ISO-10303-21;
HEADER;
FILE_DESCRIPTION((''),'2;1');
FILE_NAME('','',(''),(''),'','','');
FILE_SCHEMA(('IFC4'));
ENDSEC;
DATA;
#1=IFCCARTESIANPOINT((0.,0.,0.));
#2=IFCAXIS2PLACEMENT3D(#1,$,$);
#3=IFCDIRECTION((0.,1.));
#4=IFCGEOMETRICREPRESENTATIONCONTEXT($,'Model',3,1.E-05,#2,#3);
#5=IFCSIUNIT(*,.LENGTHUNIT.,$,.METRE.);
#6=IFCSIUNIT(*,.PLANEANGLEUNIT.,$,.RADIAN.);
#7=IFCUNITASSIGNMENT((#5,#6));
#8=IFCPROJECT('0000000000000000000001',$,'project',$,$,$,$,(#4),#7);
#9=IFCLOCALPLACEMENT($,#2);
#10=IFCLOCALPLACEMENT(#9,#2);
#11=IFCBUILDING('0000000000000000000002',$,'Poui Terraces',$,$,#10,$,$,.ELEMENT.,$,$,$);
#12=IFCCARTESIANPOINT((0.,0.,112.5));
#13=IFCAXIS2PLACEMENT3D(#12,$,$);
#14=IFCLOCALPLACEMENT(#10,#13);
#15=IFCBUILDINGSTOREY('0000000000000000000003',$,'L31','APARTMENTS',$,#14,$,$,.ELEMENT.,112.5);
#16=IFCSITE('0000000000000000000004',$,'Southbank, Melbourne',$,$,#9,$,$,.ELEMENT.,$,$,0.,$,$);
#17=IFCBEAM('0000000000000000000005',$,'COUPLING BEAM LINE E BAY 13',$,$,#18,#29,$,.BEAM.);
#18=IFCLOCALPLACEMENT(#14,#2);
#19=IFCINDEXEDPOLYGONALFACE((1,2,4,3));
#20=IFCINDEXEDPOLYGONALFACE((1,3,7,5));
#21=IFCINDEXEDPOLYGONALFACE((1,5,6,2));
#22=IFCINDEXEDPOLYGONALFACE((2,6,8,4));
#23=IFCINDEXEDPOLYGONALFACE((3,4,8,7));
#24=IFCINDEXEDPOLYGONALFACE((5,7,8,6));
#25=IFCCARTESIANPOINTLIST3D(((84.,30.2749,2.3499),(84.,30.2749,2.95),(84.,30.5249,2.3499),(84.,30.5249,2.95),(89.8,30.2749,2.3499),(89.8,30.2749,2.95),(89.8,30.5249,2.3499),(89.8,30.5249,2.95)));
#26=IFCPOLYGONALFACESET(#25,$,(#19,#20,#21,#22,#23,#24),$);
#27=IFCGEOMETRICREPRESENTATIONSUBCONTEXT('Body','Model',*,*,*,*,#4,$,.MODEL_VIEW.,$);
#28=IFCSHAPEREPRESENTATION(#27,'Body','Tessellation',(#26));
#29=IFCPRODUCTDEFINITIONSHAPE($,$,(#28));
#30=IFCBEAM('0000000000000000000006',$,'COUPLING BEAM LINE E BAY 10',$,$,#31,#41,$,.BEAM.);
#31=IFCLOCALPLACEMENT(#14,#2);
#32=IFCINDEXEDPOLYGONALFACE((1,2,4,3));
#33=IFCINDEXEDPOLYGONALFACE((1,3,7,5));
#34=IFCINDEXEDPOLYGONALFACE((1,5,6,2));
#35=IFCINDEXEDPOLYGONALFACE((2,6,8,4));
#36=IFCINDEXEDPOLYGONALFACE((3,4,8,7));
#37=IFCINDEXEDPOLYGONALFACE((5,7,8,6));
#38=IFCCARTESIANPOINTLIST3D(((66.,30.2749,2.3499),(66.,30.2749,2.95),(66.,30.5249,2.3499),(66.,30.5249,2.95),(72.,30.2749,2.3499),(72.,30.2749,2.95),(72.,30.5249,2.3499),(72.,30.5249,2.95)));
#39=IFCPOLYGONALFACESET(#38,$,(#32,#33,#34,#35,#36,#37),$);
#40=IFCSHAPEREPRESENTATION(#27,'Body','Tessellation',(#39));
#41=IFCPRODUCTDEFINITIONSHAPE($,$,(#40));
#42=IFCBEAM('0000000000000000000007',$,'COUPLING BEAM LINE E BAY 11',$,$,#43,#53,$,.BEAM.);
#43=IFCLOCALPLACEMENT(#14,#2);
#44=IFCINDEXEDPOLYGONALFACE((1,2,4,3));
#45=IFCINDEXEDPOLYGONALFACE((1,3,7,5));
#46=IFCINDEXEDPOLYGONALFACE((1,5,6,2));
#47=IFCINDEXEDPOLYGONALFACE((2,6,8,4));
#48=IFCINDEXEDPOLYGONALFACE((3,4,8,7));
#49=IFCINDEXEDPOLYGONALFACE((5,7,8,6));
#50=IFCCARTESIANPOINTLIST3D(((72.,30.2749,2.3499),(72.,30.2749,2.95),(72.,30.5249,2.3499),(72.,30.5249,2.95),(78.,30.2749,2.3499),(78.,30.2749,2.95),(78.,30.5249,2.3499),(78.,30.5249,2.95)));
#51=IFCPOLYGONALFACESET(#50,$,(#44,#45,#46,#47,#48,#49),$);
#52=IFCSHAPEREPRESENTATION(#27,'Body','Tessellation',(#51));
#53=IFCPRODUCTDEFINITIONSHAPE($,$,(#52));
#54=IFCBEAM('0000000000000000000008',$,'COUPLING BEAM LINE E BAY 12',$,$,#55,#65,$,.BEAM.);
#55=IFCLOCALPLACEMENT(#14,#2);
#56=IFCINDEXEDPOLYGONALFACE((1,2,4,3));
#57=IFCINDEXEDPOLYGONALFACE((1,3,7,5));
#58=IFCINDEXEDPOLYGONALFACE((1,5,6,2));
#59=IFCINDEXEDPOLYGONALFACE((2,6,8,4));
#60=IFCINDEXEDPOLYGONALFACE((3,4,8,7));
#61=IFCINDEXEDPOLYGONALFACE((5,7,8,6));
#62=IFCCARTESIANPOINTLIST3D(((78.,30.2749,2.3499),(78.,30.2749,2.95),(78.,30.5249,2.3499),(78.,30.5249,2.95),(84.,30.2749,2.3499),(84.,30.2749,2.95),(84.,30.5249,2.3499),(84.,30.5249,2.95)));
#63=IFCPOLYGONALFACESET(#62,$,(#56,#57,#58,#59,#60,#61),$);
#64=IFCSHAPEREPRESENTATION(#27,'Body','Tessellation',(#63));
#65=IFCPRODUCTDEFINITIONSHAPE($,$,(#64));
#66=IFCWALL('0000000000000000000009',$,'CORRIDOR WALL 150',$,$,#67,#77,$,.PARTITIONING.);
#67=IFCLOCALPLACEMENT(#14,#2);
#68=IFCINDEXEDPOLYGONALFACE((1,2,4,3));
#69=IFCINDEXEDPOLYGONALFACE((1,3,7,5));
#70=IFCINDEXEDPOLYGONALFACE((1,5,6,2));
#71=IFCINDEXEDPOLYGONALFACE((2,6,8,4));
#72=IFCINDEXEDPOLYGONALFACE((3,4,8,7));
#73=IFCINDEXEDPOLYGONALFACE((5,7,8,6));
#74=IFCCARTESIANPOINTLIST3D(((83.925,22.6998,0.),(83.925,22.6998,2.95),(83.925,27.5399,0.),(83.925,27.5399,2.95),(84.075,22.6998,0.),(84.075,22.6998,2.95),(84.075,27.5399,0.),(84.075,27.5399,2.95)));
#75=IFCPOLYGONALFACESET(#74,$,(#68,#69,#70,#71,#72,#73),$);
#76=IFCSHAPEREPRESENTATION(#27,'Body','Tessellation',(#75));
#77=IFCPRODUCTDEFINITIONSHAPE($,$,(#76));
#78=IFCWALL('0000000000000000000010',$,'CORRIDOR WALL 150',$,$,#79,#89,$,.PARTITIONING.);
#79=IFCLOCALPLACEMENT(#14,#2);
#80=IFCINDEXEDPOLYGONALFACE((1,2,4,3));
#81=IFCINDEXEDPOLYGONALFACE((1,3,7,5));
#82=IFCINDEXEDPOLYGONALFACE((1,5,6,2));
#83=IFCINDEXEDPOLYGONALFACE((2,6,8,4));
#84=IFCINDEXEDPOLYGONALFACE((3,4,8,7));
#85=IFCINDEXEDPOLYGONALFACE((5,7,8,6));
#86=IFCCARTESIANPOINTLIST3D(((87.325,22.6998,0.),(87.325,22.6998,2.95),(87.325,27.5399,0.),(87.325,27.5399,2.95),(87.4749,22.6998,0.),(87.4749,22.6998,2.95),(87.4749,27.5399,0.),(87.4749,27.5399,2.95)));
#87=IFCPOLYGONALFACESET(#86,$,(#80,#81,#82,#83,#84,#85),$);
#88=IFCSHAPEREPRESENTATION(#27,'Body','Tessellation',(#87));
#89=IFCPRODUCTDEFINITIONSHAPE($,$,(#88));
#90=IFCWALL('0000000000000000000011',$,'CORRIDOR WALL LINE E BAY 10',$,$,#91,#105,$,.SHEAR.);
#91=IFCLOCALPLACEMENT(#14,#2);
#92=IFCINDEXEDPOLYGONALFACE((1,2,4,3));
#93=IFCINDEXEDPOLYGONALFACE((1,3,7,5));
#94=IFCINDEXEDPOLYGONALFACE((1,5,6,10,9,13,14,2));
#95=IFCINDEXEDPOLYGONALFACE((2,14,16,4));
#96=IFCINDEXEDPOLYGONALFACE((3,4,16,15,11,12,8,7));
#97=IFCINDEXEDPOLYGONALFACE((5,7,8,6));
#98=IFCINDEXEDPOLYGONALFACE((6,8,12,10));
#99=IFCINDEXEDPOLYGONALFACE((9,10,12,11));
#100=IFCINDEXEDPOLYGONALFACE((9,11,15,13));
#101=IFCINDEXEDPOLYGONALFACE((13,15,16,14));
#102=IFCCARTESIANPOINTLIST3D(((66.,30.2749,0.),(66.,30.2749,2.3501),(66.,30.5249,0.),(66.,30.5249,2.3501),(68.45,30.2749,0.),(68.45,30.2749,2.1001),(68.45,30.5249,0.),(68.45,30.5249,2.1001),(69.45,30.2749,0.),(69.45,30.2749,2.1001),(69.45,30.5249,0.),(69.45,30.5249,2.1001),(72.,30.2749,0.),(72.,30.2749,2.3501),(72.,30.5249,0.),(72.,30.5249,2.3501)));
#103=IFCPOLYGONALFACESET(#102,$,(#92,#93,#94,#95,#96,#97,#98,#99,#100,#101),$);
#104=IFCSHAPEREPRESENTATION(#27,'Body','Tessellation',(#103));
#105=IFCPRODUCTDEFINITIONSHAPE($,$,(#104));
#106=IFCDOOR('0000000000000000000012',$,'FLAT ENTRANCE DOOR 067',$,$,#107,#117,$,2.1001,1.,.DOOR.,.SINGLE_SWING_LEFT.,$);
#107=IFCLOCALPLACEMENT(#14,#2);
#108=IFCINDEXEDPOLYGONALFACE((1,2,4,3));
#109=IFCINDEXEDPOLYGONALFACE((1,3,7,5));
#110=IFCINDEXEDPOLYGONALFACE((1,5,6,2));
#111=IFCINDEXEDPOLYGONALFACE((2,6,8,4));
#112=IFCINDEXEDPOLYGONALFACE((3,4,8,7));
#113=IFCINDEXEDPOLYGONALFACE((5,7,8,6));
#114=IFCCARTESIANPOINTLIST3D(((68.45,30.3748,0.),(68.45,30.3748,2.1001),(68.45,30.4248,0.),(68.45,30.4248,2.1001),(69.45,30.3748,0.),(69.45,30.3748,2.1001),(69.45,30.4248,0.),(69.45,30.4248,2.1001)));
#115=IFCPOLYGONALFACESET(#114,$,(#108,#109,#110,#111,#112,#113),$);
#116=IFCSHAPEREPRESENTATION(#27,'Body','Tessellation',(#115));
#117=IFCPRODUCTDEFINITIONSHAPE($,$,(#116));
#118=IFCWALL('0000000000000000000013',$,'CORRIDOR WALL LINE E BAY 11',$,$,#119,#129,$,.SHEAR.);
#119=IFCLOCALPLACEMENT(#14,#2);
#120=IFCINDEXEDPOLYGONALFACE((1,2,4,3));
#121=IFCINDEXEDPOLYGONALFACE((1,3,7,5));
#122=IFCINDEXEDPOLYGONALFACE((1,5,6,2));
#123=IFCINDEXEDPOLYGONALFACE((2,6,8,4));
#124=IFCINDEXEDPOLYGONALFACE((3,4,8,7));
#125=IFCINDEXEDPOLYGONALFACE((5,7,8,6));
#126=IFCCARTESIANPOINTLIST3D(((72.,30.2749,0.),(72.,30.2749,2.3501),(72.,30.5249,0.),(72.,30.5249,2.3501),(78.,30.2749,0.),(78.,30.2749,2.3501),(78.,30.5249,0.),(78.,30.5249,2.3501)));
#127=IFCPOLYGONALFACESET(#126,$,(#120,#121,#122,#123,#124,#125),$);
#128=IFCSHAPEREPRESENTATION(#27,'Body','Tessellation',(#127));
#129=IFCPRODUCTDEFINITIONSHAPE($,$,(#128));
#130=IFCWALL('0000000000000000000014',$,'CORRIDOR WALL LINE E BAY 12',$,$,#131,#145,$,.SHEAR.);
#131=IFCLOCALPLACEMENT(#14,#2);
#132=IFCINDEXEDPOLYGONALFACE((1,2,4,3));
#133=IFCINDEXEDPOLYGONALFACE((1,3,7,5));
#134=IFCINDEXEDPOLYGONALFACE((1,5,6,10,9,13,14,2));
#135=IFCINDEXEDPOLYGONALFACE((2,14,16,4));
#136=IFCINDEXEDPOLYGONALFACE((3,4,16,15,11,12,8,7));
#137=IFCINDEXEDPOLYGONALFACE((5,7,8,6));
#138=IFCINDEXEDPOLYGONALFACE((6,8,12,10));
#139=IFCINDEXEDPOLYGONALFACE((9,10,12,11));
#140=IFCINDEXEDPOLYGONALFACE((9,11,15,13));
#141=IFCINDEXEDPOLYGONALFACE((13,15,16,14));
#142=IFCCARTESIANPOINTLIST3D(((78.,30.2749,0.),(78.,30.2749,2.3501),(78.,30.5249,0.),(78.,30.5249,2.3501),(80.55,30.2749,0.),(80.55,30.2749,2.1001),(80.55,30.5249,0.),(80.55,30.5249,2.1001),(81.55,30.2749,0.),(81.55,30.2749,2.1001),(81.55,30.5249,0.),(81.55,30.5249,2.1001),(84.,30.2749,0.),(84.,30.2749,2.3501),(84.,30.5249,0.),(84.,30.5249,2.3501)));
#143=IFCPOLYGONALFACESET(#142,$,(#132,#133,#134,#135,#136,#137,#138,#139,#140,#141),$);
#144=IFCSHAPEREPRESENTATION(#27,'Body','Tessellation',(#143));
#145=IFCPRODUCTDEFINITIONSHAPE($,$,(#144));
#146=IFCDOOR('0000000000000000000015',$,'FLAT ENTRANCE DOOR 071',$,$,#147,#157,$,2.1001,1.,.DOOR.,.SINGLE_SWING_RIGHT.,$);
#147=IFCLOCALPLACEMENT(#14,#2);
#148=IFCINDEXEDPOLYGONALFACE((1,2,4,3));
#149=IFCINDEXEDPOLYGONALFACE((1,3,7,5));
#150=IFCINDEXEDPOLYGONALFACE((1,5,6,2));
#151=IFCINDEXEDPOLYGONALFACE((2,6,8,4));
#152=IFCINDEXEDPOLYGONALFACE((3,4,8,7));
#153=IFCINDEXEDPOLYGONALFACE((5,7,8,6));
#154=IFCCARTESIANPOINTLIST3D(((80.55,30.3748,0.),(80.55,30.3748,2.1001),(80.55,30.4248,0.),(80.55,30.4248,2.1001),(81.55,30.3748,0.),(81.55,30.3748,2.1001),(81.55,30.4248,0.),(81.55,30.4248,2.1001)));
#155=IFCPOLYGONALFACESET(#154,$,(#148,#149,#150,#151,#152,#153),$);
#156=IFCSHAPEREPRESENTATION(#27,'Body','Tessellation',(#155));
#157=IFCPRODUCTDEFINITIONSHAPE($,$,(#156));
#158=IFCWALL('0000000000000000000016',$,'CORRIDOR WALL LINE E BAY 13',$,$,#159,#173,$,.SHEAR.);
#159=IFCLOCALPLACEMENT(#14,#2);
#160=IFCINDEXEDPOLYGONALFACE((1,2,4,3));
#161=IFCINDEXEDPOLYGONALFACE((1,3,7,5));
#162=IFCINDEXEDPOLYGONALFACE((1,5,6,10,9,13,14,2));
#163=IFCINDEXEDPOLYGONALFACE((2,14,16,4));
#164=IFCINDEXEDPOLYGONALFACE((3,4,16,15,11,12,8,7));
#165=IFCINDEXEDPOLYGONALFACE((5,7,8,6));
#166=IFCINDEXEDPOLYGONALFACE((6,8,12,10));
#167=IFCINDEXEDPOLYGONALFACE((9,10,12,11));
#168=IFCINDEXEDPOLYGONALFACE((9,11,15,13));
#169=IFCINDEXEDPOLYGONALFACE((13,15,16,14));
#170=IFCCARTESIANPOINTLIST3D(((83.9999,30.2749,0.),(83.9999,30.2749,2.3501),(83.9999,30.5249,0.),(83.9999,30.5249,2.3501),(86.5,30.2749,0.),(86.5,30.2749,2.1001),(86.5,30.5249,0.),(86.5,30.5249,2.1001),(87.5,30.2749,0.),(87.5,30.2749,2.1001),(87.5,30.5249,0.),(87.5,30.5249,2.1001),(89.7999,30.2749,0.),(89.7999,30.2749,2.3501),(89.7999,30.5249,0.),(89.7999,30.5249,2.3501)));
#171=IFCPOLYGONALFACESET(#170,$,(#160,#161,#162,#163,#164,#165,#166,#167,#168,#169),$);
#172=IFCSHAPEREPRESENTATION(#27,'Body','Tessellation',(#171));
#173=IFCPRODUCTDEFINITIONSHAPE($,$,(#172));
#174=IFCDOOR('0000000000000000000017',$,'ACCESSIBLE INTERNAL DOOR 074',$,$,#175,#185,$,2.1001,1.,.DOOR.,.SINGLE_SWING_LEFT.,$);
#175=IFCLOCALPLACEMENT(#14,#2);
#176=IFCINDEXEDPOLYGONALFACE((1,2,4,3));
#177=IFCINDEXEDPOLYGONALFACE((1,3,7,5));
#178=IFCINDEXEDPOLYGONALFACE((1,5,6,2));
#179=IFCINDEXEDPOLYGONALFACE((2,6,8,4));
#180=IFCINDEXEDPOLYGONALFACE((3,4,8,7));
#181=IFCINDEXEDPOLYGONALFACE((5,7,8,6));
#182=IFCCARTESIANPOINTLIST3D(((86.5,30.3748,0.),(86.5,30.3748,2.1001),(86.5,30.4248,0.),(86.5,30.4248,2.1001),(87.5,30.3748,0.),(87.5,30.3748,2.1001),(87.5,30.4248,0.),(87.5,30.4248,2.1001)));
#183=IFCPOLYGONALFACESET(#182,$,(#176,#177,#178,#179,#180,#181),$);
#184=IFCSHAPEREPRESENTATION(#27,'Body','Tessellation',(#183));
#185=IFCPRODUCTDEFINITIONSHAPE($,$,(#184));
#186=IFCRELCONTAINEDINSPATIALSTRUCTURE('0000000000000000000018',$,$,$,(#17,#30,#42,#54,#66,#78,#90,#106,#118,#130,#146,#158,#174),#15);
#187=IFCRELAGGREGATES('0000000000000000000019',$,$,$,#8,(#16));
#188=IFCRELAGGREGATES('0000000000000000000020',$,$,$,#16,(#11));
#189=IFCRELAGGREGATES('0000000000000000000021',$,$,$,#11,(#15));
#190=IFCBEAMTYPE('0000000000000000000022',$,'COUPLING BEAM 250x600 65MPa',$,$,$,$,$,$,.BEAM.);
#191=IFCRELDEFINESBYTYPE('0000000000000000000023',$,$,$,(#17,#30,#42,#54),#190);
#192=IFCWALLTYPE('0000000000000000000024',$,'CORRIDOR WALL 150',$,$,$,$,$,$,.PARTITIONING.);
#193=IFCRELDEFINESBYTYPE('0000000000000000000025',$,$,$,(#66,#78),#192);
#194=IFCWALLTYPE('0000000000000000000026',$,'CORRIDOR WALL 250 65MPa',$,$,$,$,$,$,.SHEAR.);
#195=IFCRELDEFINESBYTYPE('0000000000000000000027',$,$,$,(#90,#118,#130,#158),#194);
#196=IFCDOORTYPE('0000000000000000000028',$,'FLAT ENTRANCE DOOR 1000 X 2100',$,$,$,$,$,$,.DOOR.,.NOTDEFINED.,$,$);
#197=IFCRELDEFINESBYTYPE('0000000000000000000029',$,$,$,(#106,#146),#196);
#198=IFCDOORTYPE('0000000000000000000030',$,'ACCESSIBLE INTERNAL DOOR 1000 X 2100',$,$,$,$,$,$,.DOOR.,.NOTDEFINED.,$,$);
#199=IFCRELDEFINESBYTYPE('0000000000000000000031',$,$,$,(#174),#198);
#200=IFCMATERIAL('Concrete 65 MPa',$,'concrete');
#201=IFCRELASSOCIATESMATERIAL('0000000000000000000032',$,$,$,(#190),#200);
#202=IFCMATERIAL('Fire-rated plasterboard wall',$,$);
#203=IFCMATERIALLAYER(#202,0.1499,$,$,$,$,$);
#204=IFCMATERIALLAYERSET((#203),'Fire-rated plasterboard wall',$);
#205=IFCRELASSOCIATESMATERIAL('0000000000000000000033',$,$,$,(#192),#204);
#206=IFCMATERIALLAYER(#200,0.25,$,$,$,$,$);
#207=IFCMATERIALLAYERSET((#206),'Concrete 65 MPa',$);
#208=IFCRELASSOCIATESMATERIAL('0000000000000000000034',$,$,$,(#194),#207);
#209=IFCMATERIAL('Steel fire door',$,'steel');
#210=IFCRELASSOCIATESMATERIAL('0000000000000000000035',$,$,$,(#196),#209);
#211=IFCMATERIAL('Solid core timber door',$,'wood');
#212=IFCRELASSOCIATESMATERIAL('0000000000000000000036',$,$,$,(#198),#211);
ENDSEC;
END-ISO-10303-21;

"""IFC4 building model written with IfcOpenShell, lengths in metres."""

from ifc_helpers import new_model, si_unit, direction, frame, frame_2d, origin, origin_2d, place, context, subcontext, project, spatial, rectangle, extrude, source, transform, mapped, material, layer, layer_set, material_profile, profile_set, type_object, element, fill, save


model = new_model("IFC4")

# Units and contexts
model_context = context("Model", 3, precision=1e-05, world=origin(), true_north=direction((0.0, 1.0)))
body_context = subcontext(model_context, "Body", "Model", "MODEL_VIEW")
ifc_project = project(units=[si_unit("LENGTHUNIT", "METRE"), si_unit("PLANEANGLEUNIT", "RADIAN")], contexts=[model_context])

# Site, building, storey
site_placement = place(None, origin())
site = spatial("IfcSite", under=ifc_project, at=site_placement, Name="Southbank, Melbourne", CompositionType="ELEMENT", RefElevation=0.0)
building_placement = place(site_placement, origin())
building = spatial("IfcBuilding", under=site, at=building_placement, Name="Poui Terraces", CompositionType="ELEMENT")
storey_placement = place(building_placement, frame((0.0, 0.0, 112.5)))
storey = spatial("IfcBuildingStorey", under=building, at=storey_placement, Name="L31", Description="APARTMENTS", CompositionType="ELEMENT", Elevation=112.5)

# Beams
ifc_material_1 = material(Name="Concrete 65 MPa", Category="concrete")
ifc_material_profile = material_profile(ifc_material_1, rectangle(XDim=0.25, YDim=0.6001, at=origin_2d()), Name="RC 250x600")
ifc_profile_set = profile_set([ifc_material_profile], Name="Concrete 65 MPa")
beam_type = type_object("IfcBeamType", Name="COUPLING BEAM 250x600 65MPa", PredefinedType="BEAM", material=ifc_profile_set)
shared_shape_1 = source(origin(), body_context, "Body", "SweptSolid", [
    extrude(rectangle(XDim=0.25, YDim=0.6001, at=origin_2d()), origin(), (0.0, 0.0, 1.0), 5.8),
])
beam_placement = place(storey_placement, frame((84.0, 30.3999, 2.6499), z_axis=(1.0, 0.0, 0.0), x_axis=(0.0, 1.0, 0.0)))
element("IfcBeam", 1, at=beam_placement, inside=storey, type_object=beam_type, Name="COUPLING BEAM LINE E BAY 13", PredefinedType="BEAM", context=body_context, shape_type="MappedRepresentation", body=[
    mapped(shared_shape_1, transform((0.0, 0.0, 0.0))),
])
shared_shape_2 = source(origin(), body_context, "Body", "SweptSolid", [
    extrude(rectangle(XDim=0.25, YDim=0.6001, at=origin_2d()), origin(), (0.0, 0.0, 1.0), 6.0),
])
for number, where, z_axis, x_axis, name in (
    (2, (66.0, 30.3999, 2.6499), (1.0, 0.0, 0.0), (0.0, 1.0, 0.0), "COUPLING BEAM LINE E BAY 10"),
    (3, (72.0, 30.3999, 2.6499), (1.0, 0.0, 0.0), (0.0, 1.0, 0.0), "COUPLING BEAM LINE E BAY 11"),
    (4, (78.0, 30.3999, 2.6499), (1.0, 0.0, 0.0), (0.0, 1.0, 0.0), "COUPLING BEAM LINE E BAY 12"),
):
    element("IfcBeam", number, at=place(storey_placement, frame(where, z_axis=z_axis, x_axis=x_axis)), inside=storey, type_object=beam_type, Name=name, PredefinedType="BEAM", context=body_context, shape_type="MappedRepresentation", body=[
        mapped(shared_shape_2, transform((0.0, 0.0, 0.0))),
    ])

# Walls
ifc_material_2 = material(Name="Fire-rated plasterboard wall")
ifc_layer_1 = layer(ifc_material_2, 0.1499)
ifc_layer_set_1 = layer_set([ifc_layer_1], Name="Fire-rated plasterboard wall")
wall_type_1 = type_object("IfcWallType", Name="CORRIDOR WALL 150", PredefinedType="PARTITIONING", material=ifc_layer_set_1)
for number, where, z_axis, x_axis, name in (
    (5, (84.0, 22.7, 0.0), (0.0, 0.0, 1.0), (0.0, 1.0, 0.0), "CORRIDOR WALL 150"),
    (6, (87.3999, 22.7, 0.0), (0.0, 0.0, 1.0), (0.0, 1.0, 0.0), "CORRIDOR WALL 150"),
):
    element("IfcWall", number, at=place(storey_placement, frame(where, z_axis=z_axis, x_axis=x_axis)), inside=storey, type_object=wall_type_1, Name=name, PredefinedType="PARTITIONING", context=body_context, shape_type="SweptSolid", body=[
        extrude(rectangle(XDim=4.8401, YDim=0.1499, at=frame_2d((2.4199, 0.0))), origin(), (0.0, 0.0, 1.0), 2.95),
    ])

# Wall, opening, door
ifc_layer_2 = layer(ifc_material_1, 0.25)
ifc_layer_set_2 = layer_set([ifc_layer_2], Name="Concrete 65 MPa")
wall_type_2 = type_object("IfcWallType", Name="CORRIDOR WALL 250 65MPa", PredefinedType="SHEAR", material=ifc_layer_set_2)
wall_1_placement = place(storey_placement, frame((66.0, 30.3999, 0.0), z_axis=(0.0, 0.0, 1.0), x_axis=(1.0, 0.0, 0.0)))
wall_1 = element("IfcWall", 7, at=wall_1_placement, inside=storey, type_object=wall_type_2, Name="CORRIDOR WALL LINE E BAY 10", PredefinedType="SHEAR", context=body_context, shape_type="SweptSolid", body=[
    extrude(rectangle(XDim=6.0, YDim=0.25, at=frame_2d((3.0, 0.0))), origin(), (0.0, 0.0, 1.0), 2.3501),
])
opening_1_placement = place(wall_1_placement, frame((2.45, 0.0, 0.0)))
opening_1 = element("IfcOpeningElement", 8, at=opening_1_placement, cuts=wall_1, PredefinedType="OPENING", context=body_context, shape_type="SweptSolid", body=[
    extrude(rectangle(XDim=1.0, YDim=2.1001, at=frame_2d((0.5, 1.05))), frame((0.0, 0.135, 0.0), z_axis=(0.0, -1.0, 0.0), x_axis=(1.0, 0.0, 0.0)), (0.0, 0.0, 1.0), 0.27),
])
ifc_material_3 = material(Name="Steel fire door", Category="steel")
door_type_1 = type_object("IfcDoorType", Name="FLAT ENTRANCE DOOR 1000 X 2100", OperationType="NOTDEFINED", PredefinedType="DOOR", material=ifc_material_3)
door_1_placement = place(opening_1_placement, origin())
door_1 = element("IfcDoor", 9, at=door_1_placement, inside=storey, type_object=door_type_1, Name="FLAT ENTRANCE DOOR 067", OperationType="SINGLE_SWING_LEFT", OverallHeight=2.1001, OverallWidth=1.0, PredefinedType="DOOR", context=body_context, shape_type="SweptSolid", body=[
    extrude(rectangle(XDim=1.0, YDim=2.1001, at=frame_2d((0.5, 1.05))), frame((0.0, 0.0249, 0.0), z_axis=(0.0, -1.0, 0.0), x_axis=(1.0, 0.0, 0.0)), (0.0, 0.0, 1.0), 0.05),
])
fill(opening_1, door_1)

# Wall
wall_2_placement = place(storey_placement, frame((72.0, 30.3999, 0.0), z_axis=(0.0, 0.0, 1.0), x_axis=(1.0, 0.0, 0.0)))
element("IfcWall", 10, at=wall_2_placement, inside=storey, type_object=wall_type_2, Name="CORRIDOR WALL LINE E BAY 11", PredefinedType="SHEAR", context=body_context, shape_type="SweptSolid", body=[
    extrude(rectangle(XDim=6.0, YDim=0.25, at=frame_2d((3.0, 0.0))), origin(), (0.0, 0.0, 1.0), 2.3501),
])

# Walls, openings, doors
wall_3_placement = place(storey_placement, frame((78.0, 30.3999, 0.0), z_axis=(0.0, 0.0, 1.0), x_axis=(1.0, 0.0, 0.0)))
wall_3 = element("IfcWall", 11, at=wall_3_placement, inside=storey, type_object=wall_type_2, Name="CORRIDOR WALL LINE E BAY 12", PredefinedType="SHEAR", context=body_context, shape_type="SweptSolid", body=[
    extrude(rectangle(XDim=6.0, YDim=0.25, at=frame_2d((3.0, 0.0))), origin(), (0.0, 0.0, 1.0), 2.3501),
])
opening_2_placement = place(wall_3_placement, frame((2.55, 0.0, 0.0)))
opening_2 = element("IfcOpeningElement", 12, at=opening_2_placement, cuts=wall_3, PredefinedType="OPENING", context=body_context, shape_type="SweptSolid", body=[
    extrude(rectangle(XDim=1.0, YDim=2.1001, at=frame_2d((0.5, 1.05))), frame((0.0, 0.135, 0.0), z_axis=(0.0, -1.0, 0.0), x_axis=(1.0, 0.0, 0.0)), (0.0, 0.0, 1.0), 0.27),
])
door_2_placement = place(opening_2_placement, origin())
door_2 = element("IfcDoor", 13, at=door_2_placement, inside=storey, type_object=door_type_1, Name="FLAT ENTRANCE DOOR 071", OperationType="SINGLE_SWING_RIGHT", OverallHeight=2.1001, OverallWidth=1.0, PredefinedType="DOOR", context=body_context, shape_type="SweptSolid", body=[
    extrude(rectangle(XDim=1.0, YDim=2.1001, at=frame_2d((0.5, 1.05))), frame((0.0, 0.0249, 0.0), z_axis=(0.0, -1.0, 0.0), x_axis=(1.0, 0.0, 0.0)), (0.0, 0.0, 1.0), 0.05),
])
fill(opening_2, door_2)
wall_4_placement = place(storey_placement, frame((84.0, 30.3999, 0.0), z_axis=(0.0, 0.0, 1.0), x_axis=(1.0, 0.0, 0.0)))
wall_4 = element("IfcWall", 14, at=wall_4_placement, inside=storey, type_object=wall_type_2, Name="CORRIDOR WALL LINE E BAY 13", PredefinedType="SHEAR", context=body_context, shape_type="SweptSolid", body=[
    extrude(rectangle(XDim=5.8, YDim=0.25, at=frame_2d((2.8999, 0.0))), origin(), (0.0, 0.0, 1.0), 2.3501),
])
opening_3_placement = place(wall_4_placement, frame((2.5, 0.0, 0.0)))
opening_3 = element("IfcOpeningElement", 15, at=opening_3_placement, cuts=wall_4, PredefinedType="OPENING", context=body_context, shape_type="SweptSolid", body=[
    extrude(rectangle(XDim=1.0, YDim=2.1001, at=frame_2d((0.5, 1.05))), frame((0.0, 0.135, 0.0), z_axis=(0.0, -1.0, 0.0), x_axis=(1.0, 0.0, 0.0)), (0.0, 0.0, 1.0), 0.27),
])
ifc_material_4 = material(Name="Solid core timber door", Category="wood")
door_type_2 = type_object("IfcDoorType", Name="ACCESSIBLE INTERNAL DOOR 1000 X 2100", OperationType="NOTDEFINED", PredefinedType="DOOR", material=ifc_material_4)
door_3_placement = place(opening_3_placement, origin())
door_3 = element("IfcDoor", 16, at=door_3_placement, inside=storey, type_object=door_type_2, Name="ACCESSIBLE INTERNAL DOOR 074", OperationType="SINGLE_SWING_LEFT", OverallHeight=2.1001, OverallWidth=1.0, PredefinedType="DOOR", context=body_context, shape_type="SweptSolid", body=[
    extrude(rectangle(XDim=1.0, YDim=2.1001, at=frame_2d((0.5, 1.05))), frame((0.0, 0.0249, 0.0), z_axis=(0.0, -1.0, 0.0), x_axis=(1.0, 0.0, 0.0)), (0.0, 0.0, 1.0), 0.05),
])
fill(opening_3, door_3)

save(model, "model.ifc")
